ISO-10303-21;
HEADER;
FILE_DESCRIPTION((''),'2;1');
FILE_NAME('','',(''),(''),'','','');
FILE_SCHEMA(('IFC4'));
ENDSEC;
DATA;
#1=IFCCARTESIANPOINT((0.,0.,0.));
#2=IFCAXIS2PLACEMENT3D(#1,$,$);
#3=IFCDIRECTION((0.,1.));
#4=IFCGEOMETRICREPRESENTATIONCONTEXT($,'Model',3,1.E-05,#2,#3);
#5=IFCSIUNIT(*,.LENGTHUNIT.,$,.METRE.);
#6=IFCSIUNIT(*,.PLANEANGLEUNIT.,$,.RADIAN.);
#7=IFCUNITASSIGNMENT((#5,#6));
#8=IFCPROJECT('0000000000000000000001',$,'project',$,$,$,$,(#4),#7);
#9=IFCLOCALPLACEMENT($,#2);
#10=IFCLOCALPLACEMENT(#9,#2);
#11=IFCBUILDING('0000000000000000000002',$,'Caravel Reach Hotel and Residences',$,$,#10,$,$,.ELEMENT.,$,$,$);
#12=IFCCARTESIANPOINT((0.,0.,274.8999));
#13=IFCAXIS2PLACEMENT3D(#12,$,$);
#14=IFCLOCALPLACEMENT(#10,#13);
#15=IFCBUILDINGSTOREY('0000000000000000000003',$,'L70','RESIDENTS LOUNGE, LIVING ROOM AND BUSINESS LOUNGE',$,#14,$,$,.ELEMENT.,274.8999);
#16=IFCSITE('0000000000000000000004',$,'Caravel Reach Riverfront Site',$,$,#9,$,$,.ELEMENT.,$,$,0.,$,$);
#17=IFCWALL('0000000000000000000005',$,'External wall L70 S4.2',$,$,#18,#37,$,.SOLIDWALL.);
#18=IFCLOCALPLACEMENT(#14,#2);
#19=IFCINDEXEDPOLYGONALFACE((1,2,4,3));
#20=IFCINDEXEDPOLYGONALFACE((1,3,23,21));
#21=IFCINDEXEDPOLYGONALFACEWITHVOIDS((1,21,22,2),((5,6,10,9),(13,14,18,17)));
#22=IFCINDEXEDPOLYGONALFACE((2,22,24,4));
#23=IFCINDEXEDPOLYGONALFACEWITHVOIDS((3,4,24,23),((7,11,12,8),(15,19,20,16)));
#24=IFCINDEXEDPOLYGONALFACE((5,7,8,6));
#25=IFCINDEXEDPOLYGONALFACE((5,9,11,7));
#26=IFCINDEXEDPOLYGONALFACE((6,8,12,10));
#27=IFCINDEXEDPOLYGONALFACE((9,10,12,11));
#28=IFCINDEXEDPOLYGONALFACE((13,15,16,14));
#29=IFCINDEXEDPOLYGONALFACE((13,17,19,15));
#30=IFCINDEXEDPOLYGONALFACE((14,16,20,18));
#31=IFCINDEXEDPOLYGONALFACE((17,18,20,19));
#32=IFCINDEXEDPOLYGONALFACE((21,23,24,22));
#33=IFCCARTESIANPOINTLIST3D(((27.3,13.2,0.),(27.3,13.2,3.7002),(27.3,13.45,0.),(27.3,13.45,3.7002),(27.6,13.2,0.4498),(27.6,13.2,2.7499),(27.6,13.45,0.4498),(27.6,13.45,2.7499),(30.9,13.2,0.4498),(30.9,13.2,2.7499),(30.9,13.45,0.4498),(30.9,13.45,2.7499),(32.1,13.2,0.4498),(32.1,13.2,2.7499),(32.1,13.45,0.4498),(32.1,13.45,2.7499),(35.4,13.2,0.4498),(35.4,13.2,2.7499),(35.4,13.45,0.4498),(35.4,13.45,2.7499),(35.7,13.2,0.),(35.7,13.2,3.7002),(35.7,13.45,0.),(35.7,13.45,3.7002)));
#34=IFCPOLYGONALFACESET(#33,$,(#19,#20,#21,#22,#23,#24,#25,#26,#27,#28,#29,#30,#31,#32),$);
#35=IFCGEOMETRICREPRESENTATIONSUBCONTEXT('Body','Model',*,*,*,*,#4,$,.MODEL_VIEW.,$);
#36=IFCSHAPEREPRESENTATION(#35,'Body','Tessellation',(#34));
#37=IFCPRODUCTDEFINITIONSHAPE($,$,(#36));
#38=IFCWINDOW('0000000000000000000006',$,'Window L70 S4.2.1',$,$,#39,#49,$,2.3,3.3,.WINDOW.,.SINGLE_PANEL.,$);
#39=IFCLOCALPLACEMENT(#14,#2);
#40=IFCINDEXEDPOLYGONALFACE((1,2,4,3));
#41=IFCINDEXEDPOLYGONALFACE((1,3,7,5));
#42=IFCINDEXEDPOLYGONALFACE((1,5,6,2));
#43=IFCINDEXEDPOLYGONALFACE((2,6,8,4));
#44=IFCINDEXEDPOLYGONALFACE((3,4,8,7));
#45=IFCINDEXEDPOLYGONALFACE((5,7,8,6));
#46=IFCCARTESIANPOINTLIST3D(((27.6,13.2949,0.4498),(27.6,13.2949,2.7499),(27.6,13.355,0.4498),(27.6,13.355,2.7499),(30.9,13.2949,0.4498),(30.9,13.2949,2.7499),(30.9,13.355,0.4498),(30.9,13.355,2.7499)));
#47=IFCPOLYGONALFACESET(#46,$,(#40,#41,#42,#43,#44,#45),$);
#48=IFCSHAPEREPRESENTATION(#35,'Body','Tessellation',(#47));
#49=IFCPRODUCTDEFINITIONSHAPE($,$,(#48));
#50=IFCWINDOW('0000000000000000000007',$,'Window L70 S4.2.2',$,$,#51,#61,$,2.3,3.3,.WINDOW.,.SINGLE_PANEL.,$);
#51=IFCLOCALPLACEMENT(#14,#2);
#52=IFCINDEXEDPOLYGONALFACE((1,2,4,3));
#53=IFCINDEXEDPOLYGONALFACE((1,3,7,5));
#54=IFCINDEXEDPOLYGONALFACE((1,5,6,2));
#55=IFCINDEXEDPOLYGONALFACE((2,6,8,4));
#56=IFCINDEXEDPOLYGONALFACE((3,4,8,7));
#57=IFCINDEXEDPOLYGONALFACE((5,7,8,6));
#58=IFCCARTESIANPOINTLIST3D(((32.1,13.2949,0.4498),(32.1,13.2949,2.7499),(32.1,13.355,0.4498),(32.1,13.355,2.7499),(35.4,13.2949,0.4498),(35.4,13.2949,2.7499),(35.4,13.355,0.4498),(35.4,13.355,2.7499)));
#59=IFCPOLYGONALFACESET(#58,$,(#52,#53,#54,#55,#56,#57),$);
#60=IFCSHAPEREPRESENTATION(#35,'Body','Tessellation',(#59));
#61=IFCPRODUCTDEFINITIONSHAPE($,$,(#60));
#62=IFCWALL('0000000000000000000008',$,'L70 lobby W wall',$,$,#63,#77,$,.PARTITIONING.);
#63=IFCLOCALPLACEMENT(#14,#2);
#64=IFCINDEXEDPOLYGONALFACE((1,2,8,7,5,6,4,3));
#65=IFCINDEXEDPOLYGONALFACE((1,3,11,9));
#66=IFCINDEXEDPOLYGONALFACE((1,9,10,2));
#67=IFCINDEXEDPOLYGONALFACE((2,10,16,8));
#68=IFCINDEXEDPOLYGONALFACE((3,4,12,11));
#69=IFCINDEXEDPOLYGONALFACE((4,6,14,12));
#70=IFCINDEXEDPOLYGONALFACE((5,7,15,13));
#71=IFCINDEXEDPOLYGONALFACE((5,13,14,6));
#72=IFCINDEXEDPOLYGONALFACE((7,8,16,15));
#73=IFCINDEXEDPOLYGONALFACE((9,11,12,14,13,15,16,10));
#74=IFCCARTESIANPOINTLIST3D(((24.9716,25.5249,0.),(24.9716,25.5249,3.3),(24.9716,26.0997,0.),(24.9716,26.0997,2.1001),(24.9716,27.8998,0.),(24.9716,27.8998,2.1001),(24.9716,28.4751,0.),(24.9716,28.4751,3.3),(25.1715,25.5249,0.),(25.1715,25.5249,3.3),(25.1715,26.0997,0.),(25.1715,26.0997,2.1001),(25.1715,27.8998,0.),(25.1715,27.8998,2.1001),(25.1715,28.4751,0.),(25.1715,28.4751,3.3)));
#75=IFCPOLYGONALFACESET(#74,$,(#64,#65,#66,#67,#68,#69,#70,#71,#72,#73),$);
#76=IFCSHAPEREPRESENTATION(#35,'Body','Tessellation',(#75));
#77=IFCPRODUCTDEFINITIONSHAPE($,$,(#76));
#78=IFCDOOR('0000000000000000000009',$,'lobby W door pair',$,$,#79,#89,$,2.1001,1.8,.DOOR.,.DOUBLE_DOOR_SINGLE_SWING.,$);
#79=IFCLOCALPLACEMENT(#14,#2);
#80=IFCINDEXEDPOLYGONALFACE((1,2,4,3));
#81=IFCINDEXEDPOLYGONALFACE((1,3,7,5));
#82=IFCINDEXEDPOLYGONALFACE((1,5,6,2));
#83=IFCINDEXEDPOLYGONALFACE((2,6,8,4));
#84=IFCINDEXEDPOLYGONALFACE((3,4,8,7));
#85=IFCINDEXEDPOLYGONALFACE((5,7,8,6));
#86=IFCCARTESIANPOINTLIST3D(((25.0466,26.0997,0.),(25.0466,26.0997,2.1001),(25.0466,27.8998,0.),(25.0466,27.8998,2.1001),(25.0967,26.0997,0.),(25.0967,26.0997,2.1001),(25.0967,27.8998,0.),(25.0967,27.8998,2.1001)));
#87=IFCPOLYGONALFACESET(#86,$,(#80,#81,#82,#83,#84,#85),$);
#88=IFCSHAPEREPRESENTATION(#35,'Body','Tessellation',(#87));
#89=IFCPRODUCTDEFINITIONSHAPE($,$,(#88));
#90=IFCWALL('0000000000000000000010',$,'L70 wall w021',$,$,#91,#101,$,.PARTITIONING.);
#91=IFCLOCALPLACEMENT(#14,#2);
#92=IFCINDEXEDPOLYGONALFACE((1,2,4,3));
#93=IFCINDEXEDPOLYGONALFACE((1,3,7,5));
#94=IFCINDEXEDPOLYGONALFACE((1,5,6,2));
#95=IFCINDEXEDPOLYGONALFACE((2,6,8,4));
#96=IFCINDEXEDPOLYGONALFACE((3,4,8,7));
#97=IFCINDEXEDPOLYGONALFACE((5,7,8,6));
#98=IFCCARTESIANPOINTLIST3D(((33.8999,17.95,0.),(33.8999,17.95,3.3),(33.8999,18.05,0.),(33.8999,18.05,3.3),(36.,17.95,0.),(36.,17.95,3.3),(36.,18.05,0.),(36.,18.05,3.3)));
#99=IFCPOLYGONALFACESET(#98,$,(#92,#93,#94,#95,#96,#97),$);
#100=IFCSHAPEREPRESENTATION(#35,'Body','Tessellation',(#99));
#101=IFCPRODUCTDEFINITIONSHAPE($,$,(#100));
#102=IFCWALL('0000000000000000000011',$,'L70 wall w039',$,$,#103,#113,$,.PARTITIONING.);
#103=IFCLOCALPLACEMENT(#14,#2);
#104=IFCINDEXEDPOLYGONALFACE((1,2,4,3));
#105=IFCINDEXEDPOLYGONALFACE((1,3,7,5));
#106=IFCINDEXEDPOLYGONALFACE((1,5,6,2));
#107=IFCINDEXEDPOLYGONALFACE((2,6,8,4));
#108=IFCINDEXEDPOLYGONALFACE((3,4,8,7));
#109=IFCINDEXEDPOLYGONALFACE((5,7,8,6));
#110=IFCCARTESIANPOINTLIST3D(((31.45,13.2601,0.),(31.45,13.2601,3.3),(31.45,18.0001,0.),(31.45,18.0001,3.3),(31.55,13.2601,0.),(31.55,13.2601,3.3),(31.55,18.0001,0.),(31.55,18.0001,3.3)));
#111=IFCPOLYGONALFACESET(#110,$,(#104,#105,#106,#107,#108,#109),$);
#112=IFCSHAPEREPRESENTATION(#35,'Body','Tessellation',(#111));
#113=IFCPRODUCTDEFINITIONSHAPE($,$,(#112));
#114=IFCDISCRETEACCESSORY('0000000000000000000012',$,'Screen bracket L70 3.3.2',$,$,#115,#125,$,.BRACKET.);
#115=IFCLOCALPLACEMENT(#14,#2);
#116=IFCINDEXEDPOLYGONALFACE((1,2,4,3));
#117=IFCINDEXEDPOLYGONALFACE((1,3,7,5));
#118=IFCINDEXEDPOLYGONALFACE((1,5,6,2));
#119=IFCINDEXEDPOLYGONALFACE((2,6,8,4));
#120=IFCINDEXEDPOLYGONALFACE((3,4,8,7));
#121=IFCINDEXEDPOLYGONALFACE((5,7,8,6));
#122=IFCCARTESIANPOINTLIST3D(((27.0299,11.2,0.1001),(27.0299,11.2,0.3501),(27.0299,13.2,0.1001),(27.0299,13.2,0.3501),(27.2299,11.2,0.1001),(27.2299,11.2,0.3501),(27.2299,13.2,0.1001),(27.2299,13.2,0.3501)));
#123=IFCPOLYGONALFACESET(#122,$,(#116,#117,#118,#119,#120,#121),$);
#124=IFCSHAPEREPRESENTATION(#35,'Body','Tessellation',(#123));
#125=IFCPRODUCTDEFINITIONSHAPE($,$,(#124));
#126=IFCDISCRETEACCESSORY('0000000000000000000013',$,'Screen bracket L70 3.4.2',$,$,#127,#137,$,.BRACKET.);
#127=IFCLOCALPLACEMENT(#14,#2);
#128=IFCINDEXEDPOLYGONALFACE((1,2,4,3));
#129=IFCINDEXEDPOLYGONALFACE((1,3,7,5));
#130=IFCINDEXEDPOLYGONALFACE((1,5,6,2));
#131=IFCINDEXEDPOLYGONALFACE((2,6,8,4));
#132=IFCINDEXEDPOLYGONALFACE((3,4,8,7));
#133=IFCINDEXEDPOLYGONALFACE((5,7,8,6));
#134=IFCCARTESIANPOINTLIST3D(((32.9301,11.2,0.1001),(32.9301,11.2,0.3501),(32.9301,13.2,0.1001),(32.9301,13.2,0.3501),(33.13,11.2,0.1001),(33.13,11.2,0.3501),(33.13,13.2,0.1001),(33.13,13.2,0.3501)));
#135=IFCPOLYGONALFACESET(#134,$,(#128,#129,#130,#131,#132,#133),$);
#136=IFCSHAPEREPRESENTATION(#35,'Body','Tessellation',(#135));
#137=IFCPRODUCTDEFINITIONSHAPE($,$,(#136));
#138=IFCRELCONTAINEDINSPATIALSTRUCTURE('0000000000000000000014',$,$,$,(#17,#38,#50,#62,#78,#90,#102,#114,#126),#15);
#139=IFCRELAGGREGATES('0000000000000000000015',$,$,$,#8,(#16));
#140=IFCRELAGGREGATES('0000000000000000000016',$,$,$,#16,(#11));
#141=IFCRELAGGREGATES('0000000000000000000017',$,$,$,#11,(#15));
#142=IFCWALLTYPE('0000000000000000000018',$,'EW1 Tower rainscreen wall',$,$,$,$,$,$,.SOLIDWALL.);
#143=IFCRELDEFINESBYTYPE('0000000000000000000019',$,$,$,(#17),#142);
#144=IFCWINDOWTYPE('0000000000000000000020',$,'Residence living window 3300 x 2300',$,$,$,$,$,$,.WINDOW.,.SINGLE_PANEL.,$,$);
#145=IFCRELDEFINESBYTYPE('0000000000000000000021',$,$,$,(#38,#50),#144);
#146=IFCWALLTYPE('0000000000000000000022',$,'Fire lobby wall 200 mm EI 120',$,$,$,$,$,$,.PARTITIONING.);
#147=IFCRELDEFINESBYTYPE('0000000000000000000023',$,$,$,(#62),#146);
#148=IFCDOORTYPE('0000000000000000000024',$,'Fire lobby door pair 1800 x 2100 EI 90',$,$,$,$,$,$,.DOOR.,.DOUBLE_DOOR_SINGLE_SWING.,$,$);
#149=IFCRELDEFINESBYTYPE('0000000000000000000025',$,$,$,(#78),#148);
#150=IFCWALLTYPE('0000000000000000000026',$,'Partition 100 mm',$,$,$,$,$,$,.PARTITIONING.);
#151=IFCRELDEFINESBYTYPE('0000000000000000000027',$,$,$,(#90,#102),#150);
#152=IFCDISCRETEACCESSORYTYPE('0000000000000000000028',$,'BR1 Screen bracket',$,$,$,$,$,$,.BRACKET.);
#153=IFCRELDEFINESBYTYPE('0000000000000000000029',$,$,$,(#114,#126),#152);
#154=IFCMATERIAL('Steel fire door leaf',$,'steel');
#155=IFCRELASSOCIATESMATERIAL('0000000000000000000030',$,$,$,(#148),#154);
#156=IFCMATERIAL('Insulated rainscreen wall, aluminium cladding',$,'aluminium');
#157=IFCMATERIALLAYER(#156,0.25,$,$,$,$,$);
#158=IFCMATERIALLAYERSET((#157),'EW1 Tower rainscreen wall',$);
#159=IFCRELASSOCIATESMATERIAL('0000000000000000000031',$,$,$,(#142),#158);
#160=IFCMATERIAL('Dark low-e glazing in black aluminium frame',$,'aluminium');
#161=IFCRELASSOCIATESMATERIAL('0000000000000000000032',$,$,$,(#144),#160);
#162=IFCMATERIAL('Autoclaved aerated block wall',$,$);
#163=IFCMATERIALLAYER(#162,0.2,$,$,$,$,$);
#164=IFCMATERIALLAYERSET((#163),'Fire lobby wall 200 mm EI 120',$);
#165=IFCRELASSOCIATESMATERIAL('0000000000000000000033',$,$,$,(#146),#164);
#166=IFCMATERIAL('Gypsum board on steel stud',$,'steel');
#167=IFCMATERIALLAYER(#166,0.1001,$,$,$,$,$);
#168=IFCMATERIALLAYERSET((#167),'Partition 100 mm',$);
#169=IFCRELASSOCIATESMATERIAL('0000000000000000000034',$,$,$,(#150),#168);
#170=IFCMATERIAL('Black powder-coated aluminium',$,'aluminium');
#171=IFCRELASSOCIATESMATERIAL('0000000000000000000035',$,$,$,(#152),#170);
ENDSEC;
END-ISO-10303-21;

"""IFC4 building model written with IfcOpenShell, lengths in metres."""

from ifc_helpers import new_model, si_unit, direction, frame, frame_2d, origin, origin_2d, place, context, subcontext, project, spatial, rectangle, extrude, material, layer, layer_set, type_object, element, fill, save


model = new_model("IFC4")

# Units and contexts
model_context = context("Model", 3, precision=1e-05, world=origin(), true_north=direction((0.0, 1.0)))
body_context = subcontext(model_context, "Body", "Model", "MODEL_VIEW")
ifc_project = project(units=[si_unit("LENGTHUNIT", "METRE"), si_unit("PLANEANGLEUNIT", "RADIAN")], contexts=[model_context])

# Site, building, storey
site_placement = place(None, origin())
site = spatial("IfcSite", under=ifc_project, at=site_placement, Name="Caravel Reach Riverfront Site", CompositionType="ELEMENT", RefElevation=0.0)
building_placement = place(site_placement, origin())
building = spatial("IfcBuilding", under=site, at=building_placement, Name="Caravel Reach Hotel and Residences", CompositionType="ELEMENT")
storey_placement = place(building_placement, frame((0.0, 0.0, 274.8999)))
storey = spatial("IfcBuildingStorey", under=building, at=storey_placement, Name="L70", Description="RESIDENTS LOUNGE, LIVING ROOM AND BUSINESS LOUNGE", CompositionType="ELEMENT", Elevation=274.8999)

# Shared definitions
ifc_material_1 = material(Name="Steel fire door leaf", Category="steel")
door_type_1 = type_object("IfcDoorType", Name="Fire lobby door pair 1800 x 2100 EI 90", OperationType="DOUBLE_DOOR_SINGLE_SWING", PredefinedType="DOOR", material=ifc_material_1)

# Wall, openings, windows
ifc_material_2 = material(Name="Insulated rainscreen wall, aluminium cladding", Category="aluminium")
ifc_layer_1 = layer(ifc_material_2, 0.25)
ifc_layer_set_1 = layer_set([ifc_layer_1], Name="EW1 Tower rainscreen wall")
wall_type_1 = type_object("IfcWallType", Name="EW1 Tower rainscreen wall", PredefinedType="SOLIDWALL", material=ifc_layer_set_1)
wall_1_placement = place(storey_placement, frame((27.3, 13.325, 0.0), z_axis=(0.0, 0.0, 1.0), x_axis=(1.0, 0.0, 0.0)))
wall_1 = element("IfcWall", 1, at=wall_1_placement, inside=storey, type_object=wall_type_1, Name="External wall L70 S4.2", PredefinedType="SOLIDWALL", context=body_context, shape_type="SweptSolid", body=[
    extrude(rectangle(XDim=8.3999, YDim=0.25, at=frame_2d((4.2, 0.0))), origin(), (0.0, 0.0, 1.0), 3.7002),
])
opening_1_placement = place(wall_1_placement, frame((0.3, 0.0, 0.45)))
opening_1 = element("IfcOpeningElement", 2, at=opening_1_placement, cuts=wall_1, PredefinedType="OPENING", context=body_context, shape_type="SweptSolid", body=[
    extrude(rectangle(XDim=3.3, YDim=2.3, at=frame_2d((1.6499, 1.1499))), frame((0.0, 0.135, 0.0), z_axis=(0.0, -1.0, 0.0), x_axis=(1.0, 0.0, 0.0)), (0.0, 0.0, 1.0), 0.27),
])
opening_2_placement = place(wall_1_placement, frame((4.8, 0.0, 0.45)))
opening_2 = element("IfcOpeningElement", 3, at=opening_2_placement, cuts=wall_1, PredefinedType="OPENING", context=body_context, shape_type="SweptSolid", body=[
    extrude(rectangle(XDim=3.3, YDim=2.3, at=frame_2d((1.6499, 1.1499))), frame((0.0, 0.135, 0.0), z_axis=(0.0, -1.0, 0.0), x_axis=(1.0, 0.0, 0.0)), (0.0, 0.0, 1.0), 0.27),
])
ifc_material_3 = material(Name="Dark low-e glazing in black aluminium frame", Category="aluminium")
window_type = type_object("IfcWindowType", Name="Residence living window 3300 x 2300", PartitioningType="SINGLE_PANEL", PredefinedType="WINDOW", material=ifc_material_3)
window_1_placement = place(opening_1_placement, origin())
window_1 = element("IfcWindow", 4, at=window_1_placement, inside=storey, type_object=window_type, Name="Window L70 S4.2.1", OverallHeight=2.3, OverallWidth=3.3, PartitioningType="SINGLE_PANEL", PredefinedType="WINDOW", context=body_context, shape_type="SweptSolid", body=[
    extrude(rectangle(XDim=3.3, YDim=2.3, at=frame_2d((1.6499, 1.1499))), frame((0.0, 0.03, 0.0), z_axis=(0.0, -1.0, 0.0), x_axis=(1.0, 0.0, 0.0)), (0.0, 0.0, 1.0), 0.0601),
])
fill(opening_1, window_1)
window_2_placement = place(opening_2_placement, origin())
window_2 = element("IfcWindow", 5, at=window_2_placement, inside=storey, type_object=window_type, Name="Window L70 S4.2.2", OverallHeight=2.3, OverallWidth=3.3, PartitioningType="SINGLE_PANEL", PredefinedType="WINDOW", context=body_context, shape_type="SweptSolid", body=[
    extrude(rectangle(XDim=3.3, YDim=2.3, at=frame_2d((1.6499, 1.1499))), frame((0.0, 0.03, 0.0), z_axis=(0.0, -1.0, 0.0), x_axis=(1.0, 0.0, 0.0)), (0.0, 0.0, 1.0), 0.0601),
])
fill(opening_2, window_2)

# Wall, opening, door
ifc_material_4 = material(Name="Autoclaved aerated block wall")
ifc_layer_2 = layer(ifc_material_4, 0.2)
ifc_layer_set_2 = layer_set([ifc_layer_2], Name="Fire lobby wall 200 mm EI 120")
wall_type_2 = type_object("IfcWallType", Name="Fire lobby wall 200 mm EI 120", PredefinedType="PARTITIONING", material=ifc_layer_set_2)
wall_2_placement = place(storey_placement, frame((25.0715, 25.5249, 0.0), z_axis=(0.0, 0.0, 1.0), x_axis=(0.0, 1.0, 0.0)))
wall_2 = element("IfcWall", 6, at=wall_2_placement, inside=storey, type_object=wall_type_2, Name="L70 lobby W wall", PredefinedType="PARTITIONING", context=body_context, shape_type="SweptSolid", body=[
    extrude(rectangle(XDim=2.9502, YDim=0.2, at=frame_2d((1.4751, 0.0))), origin(), (0.0, 0.0, 1.0), 3.3),
])
opening_3_placement = place(wall_2_placement, frame((0.575, 0.0, 0.0)))
opening_3 = element("IfcOpeningElement", 7, at=opening_3_placement, cuts=wall_2, PredefinedType="OPENING", context=body_context, shape_type="SweptSolid", body=[
    extrude(rectangle(XDim=1.8, YDim=2.1001, at=frame_2d((0.8999, 1.05))), frame((0.0, 0.1099, 0.0), z_axis=(0.0, -1.0, 0.0), x_axis=(1.0, 0.0, 0.0)), (0.0, 0.0, 1.0), 0.22),
])
door_1_placement = place(opening_3_placement, origin())
door_1 = element("IfcDoor", 8, at=door_1_placement, inside=storey, type_object=door_type_1, Name="lobby W door pair", OperationType="DOUBLE_DOOR_SINGLE_SWING", OverallHeight=2.1001, OverallWidth=1.8, PredefinedType="DOOR", context=body_context, shape_type="SweptSolid", body=[
    extrude(rectangle(XDim=1.8, YDim=2.1001, at=frame_2d((0.8999, 1.05))), frame((0.0, 0.0249, 0.0), z_axis=(0.0, -1.0, 0.0), x_axis=(1.0, 0.0, 0.0)), (0.0, 0.0, 1.0), 0.05),
])
fill(opening_3, door_1)

# Walls
ifc_material_5 = material(Name="Gypsum board on steel stud", Category="steel")
ifc_layer_3 = layer(ifc_material_5, 0.1001)
ifc_layer_set_3 = layer_set([ifc_layer_3], Name="Partition 100 mm")
wall_type_3 = type_object("IfcWallType", Name="Partition 100 mm", PredefinedType="PARTITIONING", material=ifc_layer_set_3)
wall_3_placement = place(storey_placement, frame((33.8999, 18.0, 0.0), z_axis=(0.0, 0.0, 1.0), x_axis=(1.0, 0.0, 0.0)))
element("IfcWall", 9, at=wall_3_placement, inside=storey, type_object=wall_type_3, Name="L70 wall w021", PredefinedType="PARTITIONING", context=body_context, shape_type="SweptSolid", body=[
    extrude(rectangle(XDim=2.1001, YDim=0.1001, at=frame_2d((1.05, 0.0))), origin(), (0.0, 0.0, 1.0), 3.3),
])
wall_4_placement = place(storey_placement, frame((31.5, 13.26, 0.0), z_axis=(0.0, 0.0, 1.0), x_axis=(0.0, 1.0, 0.0)))
element("IfcWall", 10, at=wall_4_placement, inside=storey, type_object=wall_type_3, Name="L70 wall w039", PredefinedType="PARTITIONING", context=body_context, shape_type="SweptSolid", body=[
    extrude(rectangle(XDim=4.74, YDim=0.1001, at=frame_2d((2.3701, 0.0))), origin(), (0.0, 0.0, 1.0), 3.3),
])

# Discrete accessories
ifc_material_6 = material(Name="Black powder-coated aluminium", Category="aluminium")
discrete_accessory_type = type_object("IfcDiscreteAccessoryType", Name="BR1 Screen bracket", PredefinedType="BRACKET", material=ifc_material_6)
for number, where, z_axis, x_axis, name in (
    (11, (27.1299, 12.2, 0.1001), (0.0, 0.0, 1.0), (0.0, -1.0, 0.0), "Screen bracket L70 3.3.2"),
    (12, (33.03, 12.2, 0.1001), (0.0, 0.0, 1.0), (0.0, -1.0, 0.0), "Screen bracket L70 3.4.2"),
):
    element("IfcDiscreteAccessory", number, at=place(storey_placement, frame(where, z_axis=z_axis, x_axis=x_axis)), inside=storey, type_object=discrete_accessory_type, Name=name, PredefinedType="BRACKET", context=body_context, shape_type="SweptSolid", body=[
        extrude(rectangle(XDim=2.0, YDim=0.2, at=origin_2d()), origin(), (0.0, 0.0, 1.0), 0.25),
    ])

save(model, "model.ifc")
